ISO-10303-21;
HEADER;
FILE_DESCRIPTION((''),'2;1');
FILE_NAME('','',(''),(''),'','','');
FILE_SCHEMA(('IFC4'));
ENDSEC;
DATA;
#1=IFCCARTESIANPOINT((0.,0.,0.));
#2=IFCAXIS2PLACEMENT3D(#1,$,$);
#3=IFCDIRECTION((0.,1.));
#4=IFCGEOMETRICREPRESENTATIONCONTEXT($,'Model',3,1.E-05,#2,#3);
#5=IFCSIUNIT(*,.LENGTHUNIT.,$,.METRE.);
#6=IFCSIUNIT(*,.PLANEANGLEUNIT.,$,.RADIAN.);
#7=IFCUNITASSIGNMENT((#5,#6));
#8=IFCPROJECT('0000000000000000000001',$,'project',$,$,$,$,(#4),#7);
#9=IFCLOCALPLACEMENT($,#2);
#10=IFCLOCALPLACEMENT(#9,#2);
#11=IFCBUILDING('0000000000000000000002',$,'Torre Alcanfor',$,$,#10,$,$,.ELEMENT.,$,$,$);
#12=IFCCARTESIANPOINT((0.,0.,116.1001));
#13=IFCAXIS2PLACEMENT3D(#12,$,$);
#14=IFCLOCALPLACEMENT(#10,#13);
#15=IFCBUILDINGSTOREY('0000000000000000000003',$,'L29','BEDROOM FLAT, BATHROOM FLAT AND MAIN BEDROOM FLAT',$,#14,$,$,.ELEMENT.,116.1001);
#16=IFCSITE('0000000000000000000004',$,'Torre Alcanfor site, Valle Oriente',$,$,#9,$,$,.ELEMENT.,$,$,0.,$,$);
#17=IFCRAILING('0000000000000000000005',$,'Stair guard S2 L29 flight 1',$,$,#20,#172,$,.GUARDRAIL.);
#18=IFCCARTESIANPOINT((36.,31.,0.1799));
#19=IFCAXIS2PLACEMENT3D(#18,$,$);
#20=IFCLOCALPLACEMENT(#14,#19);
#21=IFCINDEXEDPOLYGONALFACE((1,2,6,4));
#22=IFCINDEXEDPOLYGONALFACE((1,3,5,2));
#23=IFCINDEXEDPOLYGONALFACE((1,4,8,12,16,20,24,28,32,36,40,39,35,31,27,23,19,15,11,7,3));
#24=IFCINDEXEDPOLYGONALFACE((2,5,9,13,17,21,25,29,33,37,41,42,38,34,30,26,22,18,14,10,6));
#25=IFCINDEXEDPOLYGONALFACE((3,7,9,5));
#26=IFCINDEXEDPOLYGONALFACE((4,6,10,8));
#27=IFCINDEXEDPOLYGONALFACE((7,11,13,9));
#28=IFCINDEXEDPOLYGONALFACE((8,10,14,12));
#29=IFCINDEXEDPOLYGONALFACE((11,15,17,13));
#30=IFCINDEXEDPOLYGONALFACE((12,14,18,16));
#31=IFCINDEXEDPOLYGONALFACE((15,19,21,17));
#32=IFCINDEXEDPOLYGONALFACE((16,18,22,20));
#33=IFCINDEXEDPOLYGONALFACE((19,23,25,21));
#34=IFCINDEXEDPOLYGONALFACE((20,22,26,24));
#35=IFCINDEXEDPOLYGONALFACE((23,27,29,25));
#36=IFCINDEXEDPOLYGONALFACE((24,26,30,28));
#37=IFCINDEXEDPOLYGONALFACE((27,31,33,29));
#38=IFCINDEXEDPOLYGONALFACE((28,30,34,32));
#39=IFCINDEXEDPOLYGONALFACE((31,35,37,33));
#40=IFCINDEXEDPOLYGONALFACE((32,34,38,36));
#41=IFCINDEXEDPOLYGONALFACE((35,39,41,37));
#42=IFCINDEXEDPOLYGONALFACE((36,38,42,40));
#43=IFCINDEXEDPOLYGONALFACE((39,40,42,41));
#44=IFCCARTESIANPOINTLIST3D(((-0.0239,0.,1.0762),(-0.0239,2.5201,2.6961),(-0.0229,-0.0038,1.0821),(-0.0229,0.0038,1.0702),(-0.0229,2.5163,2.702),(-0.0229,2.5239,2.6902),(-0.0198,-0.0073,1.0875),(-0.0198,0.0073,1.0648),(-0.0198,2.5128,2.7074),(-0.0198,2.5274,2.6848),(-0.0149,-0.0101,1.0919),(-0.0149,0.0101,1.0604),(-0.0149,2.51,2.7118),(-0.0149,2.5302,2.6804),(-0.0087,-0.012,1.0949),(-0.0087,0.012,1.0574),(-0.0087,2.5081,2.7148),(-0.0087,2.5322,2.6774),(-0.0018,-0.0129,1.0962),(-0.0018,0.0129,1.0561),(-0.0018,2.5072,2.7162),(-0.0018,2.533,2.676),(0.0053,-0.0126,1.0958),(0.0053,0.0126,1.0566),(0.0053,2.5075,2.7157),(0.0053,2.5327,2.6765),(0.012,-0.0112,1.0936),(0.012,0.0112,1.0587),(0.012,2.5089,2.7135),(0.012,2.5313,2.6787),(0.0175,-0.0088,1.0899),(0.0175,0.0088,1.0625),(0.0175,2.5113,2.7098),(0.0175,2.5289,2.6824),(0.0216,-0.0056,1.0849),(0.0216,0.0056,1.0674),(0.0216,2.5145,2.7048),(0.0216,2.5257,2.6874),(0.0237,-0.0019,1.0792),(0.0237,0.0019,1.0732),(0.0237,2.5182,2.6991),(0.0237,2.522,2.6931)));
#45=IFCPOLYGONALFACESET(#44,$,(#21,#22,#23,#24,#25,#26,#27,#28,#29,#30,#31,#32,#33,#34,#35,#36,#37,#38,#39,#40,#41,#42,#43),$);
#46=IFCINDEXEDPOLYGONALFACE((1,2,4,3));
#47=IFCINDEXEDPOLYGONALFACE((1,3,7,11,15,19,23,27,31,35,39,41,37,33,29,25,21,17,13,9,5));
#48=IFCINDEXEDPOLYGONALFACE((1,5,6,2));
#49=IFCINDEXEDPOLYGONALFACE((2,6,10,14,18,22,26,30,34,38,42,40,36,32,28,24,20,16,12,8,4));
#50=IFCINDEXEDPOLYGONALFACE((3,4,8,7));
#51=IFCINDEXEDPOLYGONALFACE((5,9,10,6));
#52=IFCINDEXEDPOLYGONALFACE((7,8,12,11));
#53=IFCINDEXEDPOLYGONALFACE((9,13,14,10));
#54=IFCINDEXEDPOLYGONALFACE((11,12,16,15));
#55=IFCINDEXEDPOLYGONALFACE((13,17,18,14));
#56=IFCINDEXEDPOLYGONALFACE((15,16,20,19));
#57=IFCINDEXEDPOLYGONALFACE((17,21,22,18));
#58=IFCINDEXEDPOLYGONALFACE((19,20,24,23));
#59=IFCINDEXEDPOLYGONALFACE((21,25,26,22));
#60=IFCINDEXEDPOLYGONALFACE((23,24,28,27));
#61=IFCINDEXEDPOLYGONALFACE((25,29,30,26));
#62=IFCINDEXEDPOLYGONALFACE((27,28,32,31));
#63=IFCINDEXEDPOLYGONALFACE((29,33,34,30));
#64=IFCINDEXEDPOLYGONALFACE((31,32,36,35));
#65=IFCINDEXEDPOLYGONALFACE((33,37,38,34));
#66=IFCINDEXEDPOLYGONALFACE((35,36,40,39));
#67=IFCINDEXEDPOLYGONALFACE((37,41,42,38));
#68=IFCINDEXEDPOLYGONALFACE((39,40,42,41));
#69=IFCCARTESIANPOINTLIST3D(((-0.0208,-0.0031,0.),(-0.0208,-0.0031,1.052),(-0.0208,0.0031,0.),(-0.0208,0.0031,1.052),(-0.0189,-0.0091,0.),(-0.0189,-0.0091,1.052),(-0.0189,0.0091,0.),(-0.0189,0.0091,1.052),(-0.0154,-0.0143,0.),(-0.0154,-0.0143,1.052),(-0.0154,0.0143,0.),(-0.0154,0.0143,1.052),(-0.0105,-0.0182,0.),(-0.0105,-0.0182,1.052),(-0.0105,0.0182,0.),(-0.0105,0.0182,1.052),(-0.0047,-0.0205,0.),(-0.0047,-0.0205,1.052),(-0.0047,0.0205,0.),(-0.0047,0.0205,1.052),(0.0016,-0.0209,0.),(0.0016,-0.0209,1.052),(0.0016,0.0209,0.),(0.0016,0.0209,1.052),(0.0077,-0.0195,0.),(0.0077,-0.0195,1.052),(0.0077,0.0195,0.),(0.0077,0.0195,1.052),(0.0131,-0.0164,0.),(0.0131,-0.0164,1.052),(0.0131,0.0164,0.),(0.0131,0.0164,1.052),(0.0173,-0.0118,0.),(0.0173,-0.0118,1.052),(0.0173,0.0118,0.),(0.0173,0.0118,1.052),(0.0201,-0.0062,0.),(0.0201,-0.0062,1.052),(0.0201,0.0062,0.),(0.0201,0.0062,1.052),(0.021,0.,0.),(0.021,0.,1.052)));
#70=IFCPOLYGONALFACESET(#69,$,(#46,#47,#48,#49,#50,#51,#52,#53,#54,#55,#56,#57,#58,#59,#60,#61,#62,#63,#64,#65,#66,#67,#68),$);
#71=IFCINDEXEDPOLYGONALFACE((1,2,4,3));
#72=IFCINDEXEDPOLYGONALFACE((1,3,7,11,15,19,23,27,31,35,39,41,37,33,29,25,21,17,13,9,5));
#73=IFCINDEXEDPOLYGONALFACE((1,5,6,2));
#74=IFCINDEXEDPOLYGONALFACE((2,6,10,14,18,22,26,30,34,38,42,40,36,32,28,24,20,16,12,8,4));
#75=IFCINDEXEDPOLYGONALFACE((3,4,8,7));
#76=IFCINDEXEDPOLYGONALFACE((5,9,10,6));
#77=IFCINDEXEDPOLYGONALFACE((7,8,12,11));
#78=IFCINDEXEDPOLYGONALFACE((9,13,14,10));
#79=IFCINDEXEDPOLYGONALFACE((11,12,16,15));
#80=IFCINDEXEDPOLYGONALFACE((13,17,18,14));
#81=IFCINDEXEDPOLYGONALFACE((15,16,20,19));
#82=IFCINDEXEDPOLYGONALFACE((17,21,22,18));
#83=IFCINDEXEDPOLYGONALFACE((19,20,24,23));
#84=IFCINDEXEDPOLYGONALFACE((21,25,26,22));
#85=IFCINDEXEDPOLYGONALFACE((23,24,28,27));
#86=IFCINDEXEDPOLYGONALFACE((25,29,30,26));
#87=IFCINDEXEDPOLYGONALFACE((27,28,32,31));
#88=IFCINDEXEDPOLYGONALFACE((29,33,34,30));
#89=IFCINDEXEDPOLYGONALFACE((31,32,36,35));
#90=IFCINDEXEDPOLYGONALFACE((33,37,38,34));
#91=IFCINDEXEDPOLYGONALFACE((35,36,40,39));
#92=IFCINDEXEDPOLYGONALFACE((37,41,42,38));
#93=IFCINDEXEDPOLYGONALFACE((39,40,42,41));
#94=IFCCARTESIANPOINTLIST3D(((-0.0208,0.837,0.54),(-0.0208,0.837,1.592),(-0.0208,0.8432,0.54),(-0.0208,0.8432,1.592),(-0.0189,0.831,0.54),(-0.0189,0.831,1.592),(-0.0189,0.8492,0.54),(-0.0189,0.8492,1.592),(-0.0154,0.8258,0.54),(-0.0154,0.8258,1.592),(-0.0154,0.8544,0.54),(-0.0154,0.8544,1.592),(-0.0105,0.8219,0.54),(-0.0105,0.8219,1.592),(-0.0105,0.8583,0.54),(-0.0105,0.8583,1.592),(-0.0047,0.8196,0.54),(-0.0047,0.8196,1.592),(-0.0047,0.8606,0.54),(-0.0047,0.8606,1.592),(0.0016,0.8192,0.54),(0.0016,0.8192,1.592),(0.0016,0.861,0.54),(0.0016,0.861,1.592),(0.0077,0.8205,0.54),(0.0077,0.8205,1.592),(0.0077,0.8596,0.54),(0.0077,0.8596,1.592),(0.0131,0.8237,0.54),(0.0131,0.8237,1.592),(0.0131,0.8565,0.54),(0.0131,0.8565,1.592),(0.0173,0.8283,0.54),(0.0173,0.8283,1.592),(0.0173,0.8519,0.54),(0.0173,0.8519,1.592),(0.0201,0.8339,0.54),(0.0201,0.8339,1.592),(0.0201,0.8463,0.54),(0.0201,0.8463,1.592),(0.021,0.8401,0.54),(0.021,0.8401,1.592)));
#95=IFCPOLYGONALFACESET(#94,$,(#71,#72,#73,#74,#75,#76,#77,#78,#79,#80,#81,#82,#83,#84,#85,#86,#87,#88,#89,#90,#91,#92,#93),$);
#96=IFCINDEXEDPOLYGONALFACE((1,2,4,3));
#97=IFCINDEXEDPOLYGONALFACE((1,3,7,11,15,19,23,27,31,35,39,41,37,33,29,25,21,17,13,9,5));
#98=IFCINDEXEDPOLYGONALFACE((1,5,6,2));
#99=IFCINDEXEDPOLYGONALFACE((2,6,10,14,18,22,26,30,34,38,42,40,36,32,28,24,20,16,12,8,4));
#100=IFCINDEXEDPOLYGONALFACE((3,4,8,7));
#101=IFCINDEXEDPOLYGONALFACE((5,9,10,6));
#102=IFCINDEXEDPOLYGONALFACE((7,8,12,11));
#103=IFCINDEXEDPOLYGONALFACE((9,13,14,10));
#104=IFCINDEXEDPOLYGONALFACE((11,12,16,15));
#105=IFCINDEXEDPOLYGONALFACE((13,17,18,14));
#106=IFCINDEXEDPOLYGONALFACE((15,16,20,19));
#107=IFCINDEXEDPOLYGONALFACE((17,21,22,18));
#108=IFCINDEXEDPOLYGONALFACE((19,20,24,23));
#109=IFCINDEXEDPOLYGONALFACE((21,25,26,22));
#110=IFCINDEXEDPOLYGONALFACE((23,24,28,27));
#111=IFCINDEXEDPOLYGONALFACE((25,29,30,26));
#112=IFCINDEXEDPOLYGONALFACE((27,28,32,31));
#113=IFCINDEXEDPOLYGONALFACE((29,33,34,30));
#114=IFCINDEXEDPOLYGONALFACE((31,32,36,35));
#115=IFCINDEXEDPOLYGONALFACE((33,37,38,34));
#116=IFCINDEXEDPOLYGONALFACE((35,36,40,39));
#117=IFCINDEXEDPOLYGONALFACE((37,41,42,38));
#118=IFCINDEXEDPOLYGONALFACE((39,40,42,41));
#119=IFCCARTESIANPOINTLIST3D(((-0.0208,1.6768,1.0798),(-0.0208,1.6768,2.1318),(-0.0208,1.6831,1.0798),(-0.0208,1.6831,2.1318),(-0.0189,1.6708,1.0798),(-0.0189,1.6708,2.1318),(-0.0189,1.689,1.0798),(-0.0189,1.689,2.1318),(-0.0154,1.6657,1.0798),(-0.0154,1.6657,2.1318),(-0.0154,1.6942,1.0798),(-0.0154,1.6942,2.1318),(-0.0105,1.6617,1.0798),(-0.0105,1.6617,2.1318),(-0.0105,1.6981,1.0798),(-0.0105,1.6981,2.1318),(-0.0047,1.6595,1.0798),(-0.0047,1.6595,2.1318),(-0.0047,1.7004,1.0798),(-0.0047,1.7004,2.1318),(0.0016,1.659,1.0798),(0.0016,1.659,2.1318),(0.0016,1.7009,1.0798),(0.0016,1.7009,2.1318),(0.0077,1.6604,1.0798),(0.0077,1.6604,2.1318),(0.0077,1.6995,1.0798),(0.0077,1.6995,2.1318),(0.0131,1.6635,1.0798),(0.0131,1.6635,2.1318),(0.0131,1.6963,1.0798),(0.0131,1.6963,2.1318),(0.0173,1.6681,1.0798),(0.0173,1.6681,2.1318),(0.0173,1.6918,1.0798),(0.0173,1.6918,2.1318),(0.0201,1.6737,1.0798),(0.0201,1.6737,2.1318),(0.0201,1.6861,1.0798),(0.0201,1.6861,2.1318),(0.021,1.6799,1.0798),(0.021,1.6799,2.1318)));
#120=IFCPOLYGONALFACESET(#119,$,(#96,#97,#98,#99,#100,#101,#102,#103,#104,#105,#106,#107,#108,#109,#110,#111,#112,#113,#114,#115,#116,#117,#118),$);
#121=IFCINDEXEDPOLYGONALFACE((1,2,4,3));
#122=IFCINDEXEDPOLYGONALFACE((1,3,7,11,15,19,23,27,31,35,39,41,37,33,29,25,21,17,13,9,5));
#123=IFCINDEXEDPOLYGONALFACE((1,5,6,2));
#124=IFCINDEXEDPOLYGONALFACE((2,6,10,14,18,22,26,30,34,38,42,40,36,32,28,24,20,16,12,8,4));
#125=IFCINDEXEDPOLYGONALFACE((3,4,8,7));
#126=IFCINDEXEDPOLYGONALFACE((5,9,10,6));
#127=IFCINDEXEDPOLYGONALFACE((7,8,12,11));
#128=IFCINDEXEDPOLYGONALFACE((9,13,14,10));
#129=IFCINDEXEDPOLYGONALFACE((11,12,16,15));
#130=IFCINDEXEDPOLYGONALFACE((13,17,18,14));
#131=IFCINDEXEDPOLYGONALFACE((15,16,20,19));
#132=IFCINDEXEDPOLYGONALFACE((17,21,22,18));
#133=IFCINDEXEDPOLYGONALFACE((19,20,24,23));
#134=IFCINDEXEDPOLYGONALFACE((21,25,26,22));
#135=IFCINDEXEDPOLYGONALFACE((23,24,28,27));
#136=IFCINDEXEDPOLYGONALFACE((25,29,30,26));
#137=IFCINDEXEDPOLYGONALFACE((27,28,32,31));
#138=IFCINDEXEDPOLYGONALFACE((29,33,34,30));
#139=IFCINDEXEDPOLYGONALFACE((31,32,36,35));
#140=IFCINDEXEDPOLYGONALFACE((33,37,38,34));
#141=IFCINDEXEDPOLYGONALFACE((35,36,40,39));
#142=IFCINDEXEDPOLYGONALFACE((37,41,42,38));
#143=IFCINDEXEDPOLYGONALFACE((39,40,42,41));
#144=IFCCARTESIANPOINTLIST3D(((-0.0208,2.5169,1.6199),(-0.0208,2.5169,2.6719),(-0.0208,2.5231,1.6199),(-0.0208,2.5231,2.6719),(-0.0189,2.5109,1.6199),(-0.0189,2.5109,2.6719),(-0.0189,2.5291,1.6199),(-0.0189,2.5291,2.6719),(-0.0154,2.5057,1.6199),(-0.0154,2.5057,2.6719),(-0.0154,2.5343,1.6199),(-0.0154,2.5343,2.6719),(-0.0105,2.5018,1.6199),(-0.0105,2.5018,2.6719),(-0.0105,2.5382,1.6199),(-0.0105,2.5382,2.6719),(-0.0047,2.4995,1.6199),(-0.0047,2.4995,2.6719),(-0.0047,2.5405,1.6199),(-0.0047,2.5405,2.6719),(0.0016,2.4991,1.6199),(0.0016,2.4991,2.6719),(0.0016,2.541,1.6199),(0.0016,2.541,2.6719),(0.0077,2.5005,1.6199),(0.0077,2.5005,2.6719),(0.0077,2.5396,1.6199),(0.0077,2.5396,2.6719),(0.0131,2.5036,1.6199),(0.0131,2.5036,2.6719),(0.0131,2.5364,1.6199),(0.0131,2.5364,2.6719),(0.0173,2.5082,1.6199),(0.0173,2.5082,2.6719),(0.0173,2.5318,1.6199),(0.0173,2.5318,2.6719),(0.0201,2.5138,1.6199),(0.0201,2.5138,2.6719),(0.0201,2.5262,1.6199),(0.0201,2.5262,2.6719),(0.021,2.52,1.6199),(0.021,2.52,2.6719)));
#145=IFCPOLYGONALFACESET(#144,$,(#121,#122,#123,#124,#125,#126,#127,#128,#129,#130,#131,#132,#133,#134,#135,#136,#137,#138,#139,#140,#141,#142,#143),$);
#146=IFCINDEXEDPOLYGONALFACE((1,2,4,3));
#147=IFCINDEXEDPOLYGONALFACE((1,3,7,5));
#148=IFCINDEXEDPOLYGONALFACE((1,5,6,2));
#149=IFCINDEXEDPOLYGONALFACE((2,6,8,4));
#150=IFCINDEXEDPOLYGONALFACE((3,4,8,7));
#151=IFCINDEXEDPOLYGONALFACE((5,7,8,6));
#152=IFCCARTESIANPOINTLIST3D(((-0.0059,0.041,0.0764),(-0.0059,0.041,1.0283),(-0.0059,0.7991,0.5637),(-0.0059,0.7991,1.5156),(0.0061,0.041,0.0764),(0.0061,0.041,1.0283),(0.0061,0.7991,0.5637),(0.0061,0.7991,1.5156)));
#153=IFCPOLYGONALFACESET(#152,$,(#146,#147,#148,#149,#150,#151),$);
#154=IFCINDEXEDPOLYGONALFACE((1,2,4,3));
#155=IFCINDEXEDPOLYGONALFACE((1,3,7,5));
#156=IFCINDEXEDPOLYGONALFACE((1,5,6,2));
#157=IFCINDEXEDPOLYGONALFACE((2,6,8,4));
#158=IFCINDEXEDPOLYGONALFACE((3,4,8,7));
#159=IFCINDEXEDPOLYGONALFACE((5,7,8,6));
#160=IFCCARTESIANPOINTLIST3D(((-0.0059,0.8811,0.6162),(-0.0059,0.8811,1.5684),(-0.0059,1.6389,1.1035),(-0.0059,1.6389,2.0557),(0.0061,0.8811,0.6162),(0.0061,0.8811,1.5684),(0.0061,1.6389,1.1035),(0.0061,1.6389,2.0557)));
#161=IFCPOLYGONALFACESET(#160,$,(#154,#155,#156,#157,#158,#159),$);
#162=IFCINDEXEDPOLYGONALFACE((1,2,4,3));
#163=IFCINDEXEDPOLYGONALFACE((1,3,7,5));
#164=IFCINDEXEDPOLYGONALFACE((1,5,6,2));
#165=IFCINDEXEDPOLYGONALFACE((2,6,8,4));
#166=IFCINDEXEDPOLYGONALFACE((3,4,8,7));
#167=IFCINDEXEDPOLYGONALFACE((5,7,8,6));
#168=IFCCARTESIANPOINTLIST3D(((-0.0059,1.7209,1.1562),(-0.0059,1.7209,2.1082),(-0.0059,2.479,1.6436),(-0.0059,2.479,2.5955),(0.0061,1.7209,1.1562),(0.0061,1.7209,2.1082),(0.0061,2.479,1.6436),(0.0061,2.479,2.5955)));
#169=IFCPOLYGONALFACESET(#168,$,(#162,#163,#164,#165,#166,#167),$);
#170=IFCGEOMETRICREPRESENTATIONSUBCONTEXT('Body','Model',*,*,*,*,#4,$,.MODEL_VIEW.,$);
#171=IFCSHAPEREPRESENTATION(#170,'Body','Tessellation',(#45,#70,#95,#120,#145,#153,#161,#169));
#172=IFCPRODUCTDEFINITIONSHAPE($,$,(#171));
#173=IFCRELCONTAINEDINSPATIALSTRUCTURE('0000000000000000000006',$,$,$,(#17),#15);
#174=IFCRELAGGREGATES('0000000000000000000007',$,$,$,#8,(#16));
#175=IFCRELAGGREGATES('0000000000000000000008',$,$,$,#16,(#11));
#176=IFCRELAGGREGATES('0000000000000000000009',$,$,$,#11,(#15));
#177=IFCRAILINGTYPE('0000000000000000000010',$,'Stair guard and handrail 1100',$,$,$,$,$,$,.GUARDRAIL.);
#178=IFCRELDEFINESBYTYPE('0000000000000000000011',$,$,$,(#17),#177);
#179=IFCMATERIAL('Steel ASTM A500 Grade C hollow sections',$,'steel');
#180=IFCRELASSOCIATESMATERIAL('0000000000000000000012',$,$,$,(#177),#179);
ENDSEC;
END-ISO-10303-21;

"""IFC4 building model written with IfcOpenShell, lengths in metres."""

from ifc_helpers import new_model, si_unit, direction, frame, origin, origin_2d, place, context, subcontext, project, spatial, polyline, circle, outline, extrude, material, type_object, element, save


model = new_model("IFC4")

# Units and contexts
model_context = context("Model", 3, precision=1e-05, world=origin(), true_north=direction((0.0, 1.0)))
body_context = subcontext(model_context, "Body", "Model", "MODEL_VIEW")
ifc_project = project(units=[si_unit("LENGTHUNIT", "METRE"), si_unit("PLANEANGLEUNIT", "RADIAN")], contexts=[model_context])

# Site, building, storey
site_placement = place(None, origin())
site = spatial("IfcSite", under=ifc_project, at=site_placement, Name="Torre Alcanfor site, Valle Oriente", CompositionType="ELEMENT", RefElevation=0.0)
building_placement = place(site_placement, origin())
building = spatial("IfcBuilding", under=site, at=building_placement, Name="Torre Alcanfor", CompositionType="ELEMENT")
storey_placement = place(building_placement, frame((0.0, 0.0, 116.1001)))
storey = spatial("IfcBuildingStorey", under=building, at=storey_placement, Name="L29", Description="BEDROOM FLAT, BATHROOM FLAT AND MAIN BEDROOM FLAT", CompositionType="ELEMENT", Elevation=116.1001)

# Railing
ifc_material_1 = material(Name="Steel ASTM A500 Grade C hollow sections", Category="steel")
railing_type_1 = type_object("IfcRailingType", Name="Stair guard and handrail 1100", PredefinedType="GUARDRAIL", material=ifc_material_1)
railing_1_placement = place(storey_placement, frame((36.0, 31.0, 0.1799)))
element("IfcRailing", 1, at=railing_1_placement, inside=storey, type_object=railing_type_1, Name="Stair guard S2 L29 flight 1", PredefinedType="GUARDRAIL", context=body_context, shape_type="SweptSolid", body=[
    extrude(circle(Radius=0.0239, at=origin_2d()), frame((0.0, 0.0, 1.0762), z_axis=(0.0, 0.8412, 0.540725), x_axis=(-1.0, 0.0, 0.0)), (0.0, 0.0, 1.0), 2.9958),
    extrude(circle(Radius=0.021, at=origin_2d()), origin(), (0.0, 0.0, 1.0), 1.052),
    extrude(circle(Radius=0.021, at=origin_2d()), frame((0.0, 0.8401, 0.54)), (0.0, 0.0, 1.0), 1.052),
    extrude(circle(Radius=0.021, at=origin_2d()), frame((0.0, 1.6799, 1.0798)), (0.0, 0.0, 1.0), 1.052),
    extrude(circle(Radius=0.021, at=origin_2d()), frame((0.0, 2.52, 1.6199)), (0.0, 0.0, 1.0), 1.052),
    extrude(outline(polyline([(0.041, 0.0764), (0.7991, 0.5637), (0.7991, 1.5156), (0.041, 1.0283), (0.041, 0.0764)])), frame((-0.0059, 0.0, 0.0), z_axis=(1.0, 0.0, 0.0), x_axis=(0.0, 1.0, 0.0)), (0.0, 0.0, 1.0), 0.012),
    extrude(outline(polyline([(0.8811, 0.6162), (1.6389, 1.1035), (1.6389, 2.0557), (0.8811, 1.5684), (0.8811, 0.6162)])), frame((-0.0059, 0.0, 0.0), z_axis=(1.0, 0.0, 0.0), x_axis=(0.0, 1.0, 0.0)), (0.0, 0.0, 1.0), 0.012),
    extrude(outline(polyline([(1.7209, 1.1562), (2.479, 1.6436), (2.479, 2.5955), (1.7209, 2.1082), (1.7209, 1.1562)])), frame((-0.0059, 0.0, 0.0), z_axis=(1.0, 0.0, 0.0), x_axis=(0.0, 1.0, 0.0)), (0.0, 0.0, 1.0), 0.012),
])

save(model, "model.ifc")
